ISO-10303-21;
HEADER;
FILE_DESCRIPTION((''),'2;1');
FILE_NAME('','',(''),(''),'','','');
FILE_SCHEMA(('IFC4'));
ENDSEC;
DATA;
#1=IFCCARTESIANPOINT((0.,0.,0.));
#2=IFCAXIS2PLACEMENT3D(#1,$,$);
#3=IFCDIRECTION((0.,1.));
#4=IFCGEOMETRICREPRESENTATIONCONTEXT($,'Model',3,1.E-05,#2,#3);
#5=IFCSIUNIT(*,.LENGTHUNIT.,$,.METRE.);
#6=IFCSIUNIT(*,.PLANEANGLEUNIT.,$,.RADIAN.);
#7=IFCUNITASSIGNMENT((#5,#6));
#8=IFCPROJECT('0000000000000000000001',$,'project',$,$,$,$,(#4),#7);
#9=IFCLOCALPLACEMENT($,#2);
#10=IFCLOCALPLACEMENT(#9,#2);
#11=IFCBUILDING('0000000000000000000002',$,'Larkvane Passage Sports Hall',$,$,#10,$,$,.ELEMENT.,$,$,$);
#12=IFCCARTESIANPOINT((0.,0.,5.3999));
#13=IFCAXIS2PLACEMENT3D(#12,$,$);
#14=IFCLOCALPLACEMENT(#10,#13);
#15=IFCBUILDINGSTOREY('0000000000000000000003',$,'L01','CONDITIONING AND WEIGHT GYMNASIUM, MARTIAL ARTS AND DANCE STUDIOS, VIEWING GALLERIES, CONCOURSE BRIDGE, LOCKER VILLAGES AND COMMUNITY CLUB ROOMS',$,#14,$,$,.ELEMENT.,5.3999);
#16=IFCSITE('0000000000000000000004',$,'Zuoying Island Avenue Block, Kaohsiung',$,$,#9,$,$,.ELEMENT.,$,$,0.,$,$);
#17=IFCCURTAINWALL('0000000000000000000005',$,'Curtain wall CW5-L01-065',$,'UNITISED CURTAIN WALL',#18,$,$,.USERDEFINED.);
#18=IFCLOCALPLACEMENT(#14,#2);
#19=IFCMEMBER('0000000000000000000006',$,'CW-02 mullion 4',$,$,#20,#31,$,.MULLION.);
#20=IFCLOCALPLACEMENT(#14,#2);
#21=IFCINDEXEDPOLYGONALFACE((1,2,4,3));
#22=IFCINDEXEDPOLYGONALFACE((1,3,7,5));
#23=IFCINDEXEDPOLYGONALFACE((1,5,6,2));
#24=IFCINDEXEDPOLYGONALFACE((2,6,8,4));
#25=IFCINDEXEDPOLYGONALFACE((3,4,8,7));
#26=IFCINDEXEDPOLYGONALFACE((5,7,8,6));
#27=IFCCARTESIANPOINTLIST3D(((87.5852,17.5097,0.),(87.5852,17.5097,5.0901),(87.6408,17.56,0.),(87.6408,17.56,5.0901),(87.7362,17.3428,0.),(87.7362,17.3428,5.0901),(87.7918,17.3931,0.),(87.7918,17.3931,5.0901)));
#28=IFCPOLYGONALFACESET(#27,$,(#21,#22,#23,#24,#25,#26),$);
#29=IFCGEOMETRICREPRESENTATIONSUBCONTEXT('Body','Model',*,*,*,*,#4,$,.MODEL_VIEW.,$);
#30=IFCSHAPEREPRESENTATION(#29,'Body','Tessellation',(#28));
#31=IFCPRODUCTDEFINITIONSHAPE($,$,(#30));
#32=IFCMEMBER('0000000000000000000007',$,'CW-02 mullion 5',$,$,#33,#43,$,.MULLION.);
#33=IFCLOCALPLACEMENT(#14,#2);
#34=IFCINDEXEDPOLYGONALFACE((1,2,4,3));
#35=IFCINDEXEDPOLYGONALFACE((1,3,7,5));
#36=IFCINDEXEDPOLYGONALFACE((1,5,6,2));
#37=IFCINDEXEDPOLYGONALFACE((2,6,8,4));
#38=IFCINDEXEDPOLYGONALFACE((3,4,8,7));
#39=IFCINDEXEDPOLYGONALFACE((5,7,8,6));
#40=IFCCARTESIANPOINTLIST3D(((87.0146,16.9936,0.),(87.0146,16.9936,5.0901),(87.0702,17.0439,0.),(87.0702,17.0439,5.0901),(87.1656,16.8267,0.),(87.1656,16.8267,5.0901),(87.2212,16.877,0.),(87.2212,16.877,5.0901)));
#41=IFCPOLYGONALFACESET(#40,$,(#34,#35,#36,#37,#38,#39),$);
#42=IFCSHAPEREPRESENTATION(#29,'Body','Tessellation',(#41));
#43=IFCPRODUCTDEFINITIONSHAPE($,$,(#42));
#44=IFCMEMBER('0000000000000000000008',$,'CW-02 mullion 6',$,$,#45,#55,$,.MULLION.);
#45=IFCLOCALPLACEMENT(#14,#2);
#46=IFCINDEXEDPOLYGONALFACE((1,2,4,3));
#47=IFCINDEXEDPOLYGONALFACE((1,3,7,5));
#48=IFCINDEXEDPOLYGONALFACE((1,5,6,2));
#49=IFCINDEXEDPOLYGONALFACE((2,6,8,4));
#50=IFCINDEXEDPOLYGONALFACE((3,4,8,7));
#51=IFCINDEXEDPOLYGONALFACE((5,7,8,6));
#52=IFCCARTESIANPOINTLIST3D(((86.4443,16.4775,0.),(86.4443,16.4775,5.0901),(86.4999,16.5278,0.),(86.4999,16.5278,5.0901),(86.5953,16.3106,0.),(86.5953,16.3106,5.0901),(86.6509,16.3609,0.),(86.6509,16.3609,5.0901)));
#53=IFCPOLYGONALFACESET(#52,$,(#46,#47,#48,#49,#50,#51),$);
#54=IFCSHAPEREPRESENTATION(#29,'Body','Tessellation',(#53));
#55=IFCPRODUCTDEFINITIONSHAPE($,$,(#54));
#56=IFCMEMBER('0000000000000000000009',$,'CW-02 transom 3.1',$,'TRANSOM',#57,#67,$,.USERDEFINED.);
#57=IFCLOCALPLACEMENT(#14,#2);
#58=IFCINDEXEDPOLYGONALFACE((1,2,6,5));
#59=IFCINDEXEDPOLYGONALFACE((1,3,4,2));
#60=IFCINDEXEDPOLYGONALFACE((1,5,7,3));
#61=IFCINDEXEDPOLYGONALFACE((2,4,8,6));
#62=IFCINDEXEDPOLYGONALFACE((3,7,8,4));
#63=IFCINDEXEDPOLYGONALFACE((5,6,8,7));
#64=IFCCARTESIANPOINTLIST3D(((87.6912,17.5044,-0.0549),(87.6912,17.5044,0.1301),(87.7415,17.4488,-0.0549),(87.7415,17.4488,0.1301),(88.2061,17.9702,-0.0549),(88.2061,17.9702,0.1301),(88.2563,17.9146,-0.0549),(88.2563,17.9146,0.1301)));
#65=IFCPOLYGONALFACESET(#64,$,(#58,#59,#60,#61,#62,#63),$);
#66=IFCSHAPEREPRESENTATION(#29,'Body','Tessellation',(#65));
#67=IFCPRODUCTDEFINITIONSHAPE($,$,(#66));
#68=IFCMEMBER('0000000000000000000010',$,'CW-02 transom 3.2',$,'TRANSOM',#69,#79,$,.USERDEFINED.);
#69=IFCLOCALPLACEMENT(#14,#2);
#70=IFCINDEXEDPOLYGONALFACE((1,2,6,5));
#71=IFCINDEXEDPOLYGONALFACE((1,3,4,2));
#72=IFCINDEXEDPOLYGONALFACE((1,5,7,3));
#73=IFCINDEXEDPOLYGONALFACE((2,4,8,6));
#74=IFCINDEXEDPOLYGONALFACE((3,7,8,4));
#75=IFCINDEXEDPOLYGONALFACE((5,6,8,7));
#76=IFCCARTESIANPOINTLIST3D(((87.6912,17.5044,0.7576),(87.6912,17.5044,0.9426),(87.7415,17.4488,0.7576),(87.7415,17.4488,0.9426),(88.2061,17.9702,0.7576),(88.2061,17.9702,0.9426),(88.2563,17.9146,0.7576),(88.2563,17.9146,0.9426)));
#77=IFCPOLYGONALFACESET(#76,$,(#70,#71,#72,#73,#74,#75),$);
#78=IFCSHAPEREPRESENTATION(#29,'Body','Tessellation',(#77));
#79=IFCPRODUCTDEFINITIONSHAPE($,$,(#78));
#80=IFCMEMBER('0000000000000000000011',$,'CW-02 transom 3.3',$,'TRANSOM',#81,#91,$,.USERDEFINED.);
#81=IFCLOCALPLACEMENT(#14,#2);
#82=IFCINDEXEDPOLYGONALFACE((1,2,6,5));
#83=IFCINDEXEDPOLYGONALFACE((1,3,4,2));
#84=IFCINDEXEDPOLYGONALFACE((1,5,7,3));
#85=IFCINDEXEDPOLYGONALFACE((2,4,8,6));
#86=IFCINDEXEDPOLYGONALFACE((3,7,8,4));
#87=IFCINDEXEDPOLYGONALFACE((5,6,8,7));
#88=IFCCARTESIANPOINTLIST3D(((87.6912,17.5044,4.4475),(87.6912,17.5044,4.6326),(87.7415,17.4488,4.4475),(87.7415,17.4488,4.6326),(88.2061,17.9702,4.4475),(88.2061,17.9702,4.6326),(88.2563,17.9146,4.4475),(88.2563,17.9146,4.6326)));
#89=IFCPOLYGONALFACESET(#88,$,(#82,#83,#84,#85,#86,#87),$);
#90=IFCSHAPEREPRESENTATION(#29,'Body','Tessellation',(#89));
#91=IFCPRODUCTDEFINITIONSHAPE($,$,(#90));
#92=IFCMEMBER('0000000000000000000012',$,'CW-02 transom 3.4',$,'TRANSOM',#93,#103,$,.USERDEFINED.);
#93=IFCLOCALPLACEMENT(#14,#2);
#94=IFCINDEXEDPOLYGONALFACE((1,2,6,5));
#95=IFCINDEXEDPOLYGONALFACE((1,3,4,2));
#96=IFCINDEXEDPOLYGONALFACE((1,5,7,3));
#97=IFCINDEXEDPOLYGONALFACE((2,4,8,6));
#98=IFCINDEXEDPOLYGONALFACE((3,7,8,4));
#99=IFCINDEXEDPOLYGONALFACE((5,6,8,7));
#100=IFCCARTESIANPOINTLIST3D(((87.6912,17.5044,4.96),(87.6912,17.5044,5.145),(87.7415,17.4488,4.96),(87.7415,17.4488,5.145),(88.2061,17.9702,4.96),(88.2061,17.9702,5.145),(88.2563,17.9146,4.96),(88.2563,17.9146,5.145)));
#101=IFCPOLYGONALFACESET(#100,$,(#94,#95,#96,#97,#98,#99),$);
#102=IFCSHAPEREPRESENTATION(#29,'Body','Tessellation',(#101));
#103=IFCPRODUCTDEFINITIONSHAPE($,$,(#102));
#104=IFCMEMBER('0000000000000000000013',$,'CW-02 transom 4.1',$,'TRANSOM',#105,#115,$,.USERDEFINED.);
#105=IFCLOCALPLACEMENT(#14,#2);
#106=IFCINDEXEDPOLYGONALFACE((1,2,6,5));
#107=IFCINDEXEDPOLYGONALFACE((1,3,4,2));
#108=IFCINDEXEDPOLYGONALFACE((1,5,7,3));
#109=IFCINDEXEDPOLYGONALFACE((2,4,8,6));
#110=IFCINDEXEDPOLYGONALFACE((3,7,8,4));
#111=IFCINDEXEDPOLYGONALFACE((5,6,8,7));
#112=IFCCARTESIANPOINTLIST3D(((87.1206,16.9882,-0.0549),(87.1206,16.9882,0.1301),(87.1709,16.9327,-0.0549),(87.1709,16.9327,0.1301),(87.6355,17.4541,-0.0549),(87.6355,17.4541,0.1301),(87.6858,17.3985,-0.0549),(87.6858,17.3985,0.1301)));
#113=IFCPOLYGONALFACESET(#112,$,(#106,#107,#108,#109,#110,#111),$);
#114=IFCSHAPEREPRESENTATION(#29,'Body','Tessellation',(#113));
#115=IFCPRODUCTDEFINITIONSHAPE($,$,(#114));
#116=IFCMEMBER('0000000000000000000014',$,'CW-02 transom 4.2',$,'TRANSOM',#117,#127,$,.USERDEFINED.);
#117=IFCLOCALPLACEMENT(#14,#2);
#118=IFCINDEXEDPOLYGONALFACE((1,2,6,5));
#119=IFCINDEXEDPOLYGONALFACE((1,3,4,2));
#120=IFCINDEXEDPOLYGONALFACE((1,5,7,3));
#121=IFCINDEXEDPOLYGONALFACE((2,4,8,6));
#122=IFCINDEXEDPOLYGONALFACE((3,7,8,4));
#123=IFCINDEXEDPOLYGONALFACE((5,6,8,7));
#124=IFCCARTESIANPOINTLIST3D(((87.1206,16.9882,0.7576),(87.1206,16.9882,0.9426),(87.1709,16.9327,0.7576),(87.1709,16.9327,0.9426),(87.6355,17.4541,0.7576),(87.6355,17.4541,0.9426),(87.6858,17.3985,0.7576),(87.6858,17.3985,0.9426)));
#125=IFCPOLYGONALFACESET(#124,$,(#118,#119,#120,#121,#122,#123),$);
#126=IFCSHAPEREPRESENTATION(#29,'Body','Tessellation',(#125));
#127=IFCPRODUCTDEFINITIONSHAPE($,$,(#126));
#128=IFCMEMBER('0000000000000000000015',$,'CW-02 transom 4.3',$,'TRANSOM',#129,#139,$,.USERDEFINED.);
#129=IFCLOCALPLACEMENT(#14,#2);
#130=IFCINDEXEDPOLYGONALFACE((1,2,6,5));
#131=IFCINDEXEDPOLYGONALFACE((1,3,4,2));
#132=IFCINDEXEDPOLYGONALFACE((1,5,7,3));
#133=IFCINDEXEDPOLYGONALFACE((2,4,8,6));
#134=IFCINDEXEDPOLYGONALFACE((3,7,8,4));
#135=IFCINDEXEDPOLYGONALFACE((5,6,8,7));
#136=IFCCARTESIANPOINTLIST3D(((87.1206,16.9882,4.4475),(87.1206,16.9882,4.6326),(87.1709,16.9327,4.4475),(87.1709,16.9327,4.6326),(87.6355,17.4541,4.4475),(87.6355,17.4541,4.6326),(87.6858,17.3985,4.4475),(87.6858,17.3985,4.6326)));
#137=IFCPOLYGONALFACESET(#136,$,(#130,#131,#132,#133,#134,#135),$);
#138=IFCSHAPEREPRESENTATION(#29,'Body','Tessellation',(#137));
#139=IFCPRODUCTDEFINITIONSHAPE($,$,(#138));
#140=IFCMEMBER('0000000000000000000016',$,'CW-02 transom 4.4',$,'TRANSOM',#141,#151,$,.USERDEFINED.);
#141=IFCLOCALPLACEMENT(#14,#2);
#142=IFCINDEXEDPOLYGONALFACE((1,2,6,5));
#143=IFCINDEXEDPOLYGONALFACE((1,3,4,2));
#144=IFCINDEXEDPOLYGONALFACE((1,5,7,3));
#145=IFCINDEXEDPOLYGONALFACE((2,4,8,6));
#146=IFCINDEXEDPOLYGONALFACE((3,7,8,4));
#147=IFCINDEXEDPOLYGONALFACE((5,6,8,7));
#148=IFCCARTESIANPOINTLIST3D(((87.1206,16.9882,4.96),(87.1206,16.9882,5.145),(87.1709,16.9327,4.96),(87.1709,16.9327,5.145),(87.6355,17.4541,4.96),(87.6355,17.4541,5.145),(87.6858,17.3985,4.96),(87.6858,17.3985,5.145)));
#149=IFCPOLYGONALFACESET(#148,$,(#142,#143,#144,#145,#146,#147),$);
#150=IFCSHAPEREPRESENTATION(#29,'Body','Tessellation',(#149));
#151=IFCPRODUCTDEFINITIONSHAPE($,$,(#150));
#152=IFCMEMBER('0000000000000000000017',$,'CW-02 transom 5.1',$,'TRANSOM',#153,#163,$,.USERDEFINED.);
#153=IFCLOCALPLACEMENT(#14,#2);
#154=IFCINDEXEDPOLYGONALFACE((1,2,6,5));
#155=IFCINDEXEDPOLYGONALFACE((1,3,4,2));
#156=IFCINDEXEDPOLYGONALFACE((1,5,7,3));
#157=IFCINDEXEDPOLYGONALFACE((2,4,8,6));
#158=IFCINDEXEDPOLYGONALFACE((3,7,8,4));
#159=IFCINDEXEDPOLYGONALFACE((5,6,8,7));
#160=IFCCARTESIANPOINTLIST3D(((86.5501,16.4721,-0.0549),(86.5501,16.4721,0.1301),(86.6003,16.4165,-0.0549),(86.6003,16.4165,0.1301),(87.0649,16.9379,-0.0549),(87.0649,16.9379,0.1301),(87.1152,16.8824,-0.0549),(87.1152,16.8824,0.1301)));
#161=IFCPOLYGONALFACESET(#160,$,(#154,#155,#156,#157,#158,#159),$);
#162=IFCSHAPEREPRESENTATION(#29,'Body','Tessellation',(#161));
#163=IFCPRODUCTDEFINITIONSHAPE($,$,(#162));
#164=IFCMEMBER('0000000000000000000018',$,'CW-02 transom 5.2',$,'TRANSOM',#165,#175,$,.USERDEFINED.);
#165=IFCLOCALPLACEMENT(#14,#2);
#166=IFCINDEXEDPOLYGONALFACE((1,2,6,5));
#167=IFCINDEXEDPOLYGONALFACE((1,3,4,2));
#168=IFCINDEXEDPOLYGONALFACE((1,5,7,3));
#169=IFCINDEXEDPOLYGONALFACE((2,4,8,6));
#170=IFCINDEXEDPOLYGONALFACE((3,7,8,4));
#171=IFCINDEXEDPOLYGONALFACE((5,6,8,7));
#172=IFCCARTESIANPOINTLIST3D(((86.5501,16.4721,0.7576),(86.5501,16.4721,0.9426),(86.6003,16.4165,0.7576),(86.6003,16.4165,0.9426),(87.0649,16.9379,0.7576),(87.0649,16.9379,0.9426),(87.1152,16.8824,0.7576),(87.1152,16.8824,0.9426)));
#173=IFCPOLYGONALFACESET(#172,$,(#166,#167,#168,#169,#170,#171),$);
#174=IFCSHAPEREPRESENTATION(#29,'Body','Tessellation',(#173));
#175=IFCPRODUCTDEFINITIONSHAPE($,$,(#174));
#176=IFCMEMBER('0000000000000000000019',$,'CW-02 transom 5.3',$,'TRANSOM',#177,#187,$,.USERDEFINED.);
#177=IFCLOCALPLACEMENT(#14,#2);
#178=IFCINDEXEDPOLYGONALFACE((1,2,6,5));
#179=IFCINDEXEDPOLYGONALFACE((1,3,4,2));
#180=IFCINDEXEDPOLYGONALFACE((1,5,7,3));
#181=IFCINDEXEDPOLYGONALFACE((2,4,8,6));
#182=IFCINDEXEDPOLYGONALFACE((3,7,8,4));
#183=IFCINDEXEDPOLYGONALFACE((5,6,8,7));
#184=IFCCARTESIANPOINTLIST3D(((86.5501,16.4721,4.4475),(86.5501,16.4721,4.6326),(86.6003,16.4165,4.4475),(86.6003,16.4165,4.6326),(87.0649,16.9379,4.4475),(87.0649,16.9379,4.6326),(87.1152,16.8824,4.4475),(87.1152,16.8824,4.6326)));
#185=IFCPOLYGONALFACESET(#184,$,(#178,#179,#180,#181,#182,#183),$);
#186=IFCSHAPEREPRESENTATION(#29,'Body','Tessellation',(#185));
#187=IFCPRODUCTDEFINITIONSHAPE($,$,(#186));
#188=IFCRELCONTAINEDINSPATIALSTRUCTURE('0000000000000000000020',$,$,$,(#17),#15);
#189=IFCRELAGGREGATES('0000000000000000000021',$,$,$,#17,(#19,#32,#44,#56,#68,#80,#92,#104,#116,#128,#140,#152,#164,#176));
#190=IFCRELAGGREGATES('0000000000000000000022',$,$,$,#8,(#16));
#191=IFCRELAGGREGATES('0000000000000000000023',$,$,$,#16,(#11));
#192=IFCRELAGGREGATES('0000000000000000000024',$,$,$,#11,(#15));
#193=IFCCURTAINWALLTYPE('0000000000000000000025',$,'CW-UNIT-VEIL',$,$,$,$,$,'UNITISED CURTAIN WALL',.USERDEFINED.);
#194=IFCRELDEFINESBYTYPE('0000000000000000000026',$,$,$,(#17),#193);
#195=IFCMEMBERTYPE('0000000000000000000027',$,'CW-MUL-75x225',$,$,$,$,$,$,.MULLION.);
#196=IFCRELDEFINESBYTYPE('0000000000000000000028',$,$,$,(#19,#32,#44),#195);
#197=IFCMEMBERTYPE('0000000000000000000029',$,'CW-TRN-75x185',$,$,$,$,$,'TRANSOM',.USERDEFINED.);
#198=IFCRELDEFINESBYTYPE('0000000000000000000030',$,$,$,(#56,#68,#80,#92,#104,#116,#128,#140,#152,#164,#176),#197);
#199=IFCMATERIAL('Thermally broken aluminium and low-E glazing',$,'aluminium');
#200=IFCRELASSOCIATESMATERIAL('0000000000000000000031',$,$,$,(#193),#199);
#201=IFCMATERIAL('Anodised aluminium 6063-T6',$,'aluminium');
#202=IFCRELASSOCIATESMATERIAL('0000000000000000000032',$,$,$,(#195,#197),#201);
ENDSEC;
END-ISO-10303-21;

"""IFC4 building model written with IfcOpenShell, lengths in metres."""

from ifc_helpers import new_model, si_unit, direction, frame, origin, origin_2d, place, context, subcontext, project, spatial, rectangle, extrude, material, material_profile, profile_set, type_object, element, aggregate, save


model = new_model("IFC4")

# Units and contexts
model_context = context("Model", 3, precision=1e-05, world=origin(), true_north=direction((0.0, 1.0)))
body_context = subcontext(model_context, "Body", "Model", "MODEL_VIEW")
ifc_project = project(units=[si_unit("LENGTHUNIT", "METRE"), si_unit("PLANEANGLEUNIT", "RADIAN")], contexts=[model_context])

# Site, building, storey
site_placement = place(None, origin())
site = spatial("IfcSite", under=ifc_project, at=site_placement, Name="Zuoying Island Avenue Block, Kaohsiung", CompositionType="ELEMENT", RefElevation=0.0)
building_placement = place(site_placement, origin())
building = spatial("IfcBuilding", under=site, at=building_placement, Name="Larkvane Passage Sports Hall", CompositionType="ELEMENT")
storey_placement = place(building_placement, frame((0.0, 0.0, 5.3999)))
storey = spatial("IfcBuildingStorey", under=building, at=storey_placement, Name="L01", Description="CONDITIONING AND WEIGHT GYMNASIUM, MARTIAL ARTS AND DANCE STUDIOS, VIEWING GALLERIES, CONCOURSE BRIDGE, LOCKER VILLAGES AND COMMUNITY CLUB ROOMS", CompositionType="ELEMENT", Elevation=5.3999)

# Curtain wall, members
ifc_material_1 = material(Name="Thermally broken aluminium and low-E glazing", Category="aluminium")
curtain_wall_type = type_object("IfcCurtainWallType", Name="CW-UNIT-VEIL", ElementType="UNITISED CURTAIN WALL", PredefinedType="USERDEFINED", material=ifc_material_1)
curtain_wall_placement = place(storey_placement, origin())
curtain_wall = element("IfcCurtainWall", 1, at=curtain_wall_placement, inside=storey, type_object=curtain_wall_type, Name="Curtain wall CW5-L01-065", ObjectType="UNITISED CURTAIN WALL", PredefinedType="USERDEFINED")
ifc_material_2 = material(Name="Anodised aluminium 6063-T6", Category="aluminium")
ifc_material_profile_1 = material_profile(ifc_material_2, rectangle(XDim=0.075, YDim=0.2251, at=origin_2d()), Name="ALU-MUL-75x225")
ifc_profile_set_1 = profile_set([ifc_material_profile_1], Name="Anodised aluminium 6063-T6")
member_type_1 = type_object("IfcMemberType", Name="CW-MUL-75x225", PredefinedType="MULLION", material=ifc_profile_set_1)
member_1_placement = place(storey_placement, frame((87.6885, 17.4514, 0.0), z_axis=(0.0, 0.0, 1.0), x_axis=(-0.741533, -0.670917, 0.0)))
member_1 = element("IfcMember", 2, at=member_1_placement, type_object=member_type_1, Name="CW-02 mullion 4", PredefinedType="MULLION", context=body_context, shape_type="SweptSolid", body=[
    extrude(rectangle(XDim=0.075, YDim=0.2251, at=origin_2d()), origin(), (0.0, 0.0, 1.0), 5.0901),
])
member_2_placement = place(storey_placement, frame((87.1179, 16.9353, 0.0), z_axis=(0.0, 0.0, 1.0), x_axis=(-0.741533, -0.670917, 0.0)))
member_2 = element("IfcMember", 3, at=member_2_placement, type_object=member_type_1, Name="CW-02 mullion 5", PredefinedType="MULLION", context=body_context, shape_type="SweptSolid", body=[
    extrude(rectangle(XDim=0.075, YDim=0.2251, at=origin_2d()), origin(), (0.0, 0.0, 1.0), 5.0901),
])
member_3_placement = place(storey_placement, frame((86.5476, 16.4192, 0.0), z_axis=(0.0, 0.0, 1.0), x_axis=(-0.741533, -0.670917, 0.0)))
member_3 = element("IfcMember", 4, at=member_3_placement, type_object=member_type_1, Name="CW-02 mullion 6", PredefinedType="MULLION", context=body_context, shape_type="SweptSolid", body=[
    extrude(rectangle(XDim=0.075, YDim=0.2251, at=origin_2d()), origin(), (0.0, 0.0, 1.0), 5.0901),
])
ifc_material_profile_2 = material_profile(ifc_material_2, rectangle(XDim=0.075, YDim=0.1851, at=origin_2d()), Name="ALU-TRN-75x185")
ifc_profile_set_2 = profile_set([ifc_material_profile_2], Name="Anodised aluminium 6063-T6")
member_type_2 = type_object("IfcMemberType", Name="CW-TRN-75x185", ElementType="TRANSOM", PredefinedType="USERDEFINED", material=ifc_profile_set_2)
member_4_placement = place(storey_placement, frame((88.2312, 17.9424, 0.0376), z_axis=(-0.741561, -0.670886, 0.0), x_axis=(0.670886, -0.741561, 0.0)))
member_4 = element("IfcMember", 5, at=member_4_placement, type_object=member_type_2, Name="CW-02 transom 3.1", ObjectType="TRANSOM", PredefinedType="USERDEFINED", context=body_context, shape_type="SweptSolid", body=[
    extrude(rectangle(XDim=0.075, YDim=0.1851, at=origin_2d()), origin(), (0.0, 0.0, 1.0), 0.6943),
])
member_5_placement = place(storey_placement, frame((88.2312, 17.9424, 0.8501), z_axis=(-0.741561, -0.670886, 0.0), x_axis=(0.670886, -0.741561, 0.0)))
member_5 = element("IfcMember", 6, at=member_5_placement, type_object=member_type_2, Name="CW-02 transom 3.2", ObjectType="TRANSOM", PredefinedType="USERDEFINED", context=body_context, shape_type="SweptSolid", body=[
    extrude(rectangle(XDim=0.075, YDim=0.1851, at=origin_2d()), origin(), (0.0, 0.0, 1.0), 0.6943),
])
member_6_placement = place(storey_placement, frame((88.2312, 17.9424, 4.54), z_axis=(-0.741561, -0.670886, 0.0), x_axis=(0.670886, -0.741561, 0.0)))
member_6 = element("IfcMember", 7, at=member_6_placement, type_object=member_type_2, Name="CW-02 transom 3.3", ObjectType="TRANSOM", PredefinedType="USERDEFINED", context=body_context, shape_type="SweptSolid", body=[
    extrude(rectangle(XDim=0.075, YDim=0.1851, at=origin_2d()), origin(), (0.0, 0.0, 1.0), 0.6943),
])
member_7_placement = place(storey_placement, frame((88.2312, 17.9424, 5.0525), z_axis=(-0.741561, -0.670886, 0.0), x_axis=(0.670886, -0.741561, 0.0)))
member_7 = element("IfcMember", 8, at=member_7_placement, type_object=member_type_2, Name="CW-02 transom 3.4", ObjectType="TRANSOM", PredefinedType="USERDEFINED", context=body_context, shape_type="SweptSolid", body=[
    extrude(rectangle(XDim=0.075, YDim=0.1851, at=origin_2d()), origin(), (0.0, 0.0, 1.0), 0.6943),
])
member_8_placement = place(storey_placement, frame((87.6606, 17.4263, 0.0376), z_axis=(-0.741561, -0.670886, 0.0), x_axis=(0.670886, -0.741561, 0.0)))
member_8 = element("IfcMember", 9, at=member_8_placement, type_object=member_type_2, Name="CW-02 transom 4.1", ObjectType="TRANSOM", PredefinedType="USERDEFINED", context=body_context, shape_type="SweptSolid", body=[
    extrude(rectangle(XDim=0.075, YDim=0.1851, at=origin_2d()), origin(), (0.0, 0.0, 1.0), 0.6943),
])
member_9_placement = place(storey_placement, frame((87.6606, 17.4263, 0.8501), z_axis=(-0.741561, -0.670886, 0.0), x_axis=(0.670886, -0.741561, 0.0)))
member_9 = element("IfcMember", 10, at=member_9_placement, type_object=member_type_2, Name="CW-02 transom 4.2", ObjectType="TRANSOM", PredefinedType="USERDEFINED", context=body_context, shape_type="SweptSolid", body=[
    extrude(rectangle(XDim=0.075, YDim=0.1851, at=origin_2d()), origin(), (0.0, 0.0, 1.0), 0.6943),
])
member_10_placement = place(storey_placement, frame((87.6606, 17.4263, 4.54), z_axis=(-0.741561, -0.670886, 0.0), x_axis=(0.670886, -0.741561, 0.0)))
member_10 = element("IfcMember", 11, at=member_10_placement, type_object=member_type_2, Name="CW-02 transom 4.3", ObjectType="TRANSOM", PredefinedType="USERDEFINED", context=body_context, shape_type="SweptSolid", body=[
    extrude(rectangle(XDim=0.075, YDim=0.1851, at=origin_2d()), origin(), (0.0, 0.0, 1.0), 0.6943),
])
member_11_placement = place(storey_placement, frame((87.6606, 17.4263, 5.0525), z_axis=(-0.741561, -0.670886, 0.0), x_axis=(0.670886, -0.741561, 0.0)))
member_11 = element("IfcMember", 12, at=member_11_placement, type_object=member_type_2, Name="CW-02 transom 4.4", ObjectType="TRANSOM", PredefinedType="USERDEFINED", context=body_context, shape_type="SweptSolid", body=[
    extrude(rectangle(XDim=0.075, YDim=0.1851, at=origin_2d()), origin(), (0.0, 0.0, 1.0), 0.6943),
])
member_12_placement = place(storey_placement, frame((87.0901, 16.9102, 0.0376), z_axis=(-0.741561, -0.670886, 0.0), x_axis=(0.670886, -0.741561, 0.0)))
member_12 = element("IfcMember", 13, at=member_12_placement, type_object=member_type_2, Name="CW-02 transom 5.1", ObjectType="TRANSOM", PredefinedType="USERDEFINED", context=body_context, shape_type="SweptSolid", body=[
    extrude(rectangle(XDim=0.075, YDim=0.1851, at=origin_2d()), origin(), (0.0, 0.0, 1.0), 0.6943),
])
member_13_placement = place(storey_placement, frame((87.0901, 16.9102, 0.8501), z_axis=(-0.741561, -0.670886, 0.0), x_axis=(0.670886, -0.741561, 0.0)))
member_13 = element("IfcMember", 14, at=member_13_placement, type_object=member_type_2, Name="CW-02 transom 5.2", ObjectType="TRANSOM", PredefinedType="USERDEFINED", context=body_context, shape_type="SweptSolid", body=[
    extrude(rectangle(XDim=0.075, YDim=0.1851, at=origin_2d()), origin(), (0.0, 0.0, 1.0), 0.6943),
])
member_14_placement = place(storey_placement, frame((87.0901, 16.9102, 4.54), z_axis=(-0.741561, -0.670886, 0.0), x_axis=(0.670886, -0.741561, 0.0)))
member_14 = element("IfcMember", 15, at=member_14_placement, type_object=member_type_2, Name="CW-02 transom 5.3", ObjectType="TRANSOM", PredefinedType="USERDEFINED", context=body_context, shape_type="SweptSolid", body=[
    extrude(rectangle(XDim=0.075, YDim=0.1851, at=origin_2d()), origin(), (0.0, 0.0, 1.0), 0.6943),
])
aggregate(curtain_wall, [member_1, member_2, member_3, member_4, member_5, member_6, member_7, member_8, member_9, member_10, member_11, member_12, member_13, member_14])

save(model, "model.ifc")
